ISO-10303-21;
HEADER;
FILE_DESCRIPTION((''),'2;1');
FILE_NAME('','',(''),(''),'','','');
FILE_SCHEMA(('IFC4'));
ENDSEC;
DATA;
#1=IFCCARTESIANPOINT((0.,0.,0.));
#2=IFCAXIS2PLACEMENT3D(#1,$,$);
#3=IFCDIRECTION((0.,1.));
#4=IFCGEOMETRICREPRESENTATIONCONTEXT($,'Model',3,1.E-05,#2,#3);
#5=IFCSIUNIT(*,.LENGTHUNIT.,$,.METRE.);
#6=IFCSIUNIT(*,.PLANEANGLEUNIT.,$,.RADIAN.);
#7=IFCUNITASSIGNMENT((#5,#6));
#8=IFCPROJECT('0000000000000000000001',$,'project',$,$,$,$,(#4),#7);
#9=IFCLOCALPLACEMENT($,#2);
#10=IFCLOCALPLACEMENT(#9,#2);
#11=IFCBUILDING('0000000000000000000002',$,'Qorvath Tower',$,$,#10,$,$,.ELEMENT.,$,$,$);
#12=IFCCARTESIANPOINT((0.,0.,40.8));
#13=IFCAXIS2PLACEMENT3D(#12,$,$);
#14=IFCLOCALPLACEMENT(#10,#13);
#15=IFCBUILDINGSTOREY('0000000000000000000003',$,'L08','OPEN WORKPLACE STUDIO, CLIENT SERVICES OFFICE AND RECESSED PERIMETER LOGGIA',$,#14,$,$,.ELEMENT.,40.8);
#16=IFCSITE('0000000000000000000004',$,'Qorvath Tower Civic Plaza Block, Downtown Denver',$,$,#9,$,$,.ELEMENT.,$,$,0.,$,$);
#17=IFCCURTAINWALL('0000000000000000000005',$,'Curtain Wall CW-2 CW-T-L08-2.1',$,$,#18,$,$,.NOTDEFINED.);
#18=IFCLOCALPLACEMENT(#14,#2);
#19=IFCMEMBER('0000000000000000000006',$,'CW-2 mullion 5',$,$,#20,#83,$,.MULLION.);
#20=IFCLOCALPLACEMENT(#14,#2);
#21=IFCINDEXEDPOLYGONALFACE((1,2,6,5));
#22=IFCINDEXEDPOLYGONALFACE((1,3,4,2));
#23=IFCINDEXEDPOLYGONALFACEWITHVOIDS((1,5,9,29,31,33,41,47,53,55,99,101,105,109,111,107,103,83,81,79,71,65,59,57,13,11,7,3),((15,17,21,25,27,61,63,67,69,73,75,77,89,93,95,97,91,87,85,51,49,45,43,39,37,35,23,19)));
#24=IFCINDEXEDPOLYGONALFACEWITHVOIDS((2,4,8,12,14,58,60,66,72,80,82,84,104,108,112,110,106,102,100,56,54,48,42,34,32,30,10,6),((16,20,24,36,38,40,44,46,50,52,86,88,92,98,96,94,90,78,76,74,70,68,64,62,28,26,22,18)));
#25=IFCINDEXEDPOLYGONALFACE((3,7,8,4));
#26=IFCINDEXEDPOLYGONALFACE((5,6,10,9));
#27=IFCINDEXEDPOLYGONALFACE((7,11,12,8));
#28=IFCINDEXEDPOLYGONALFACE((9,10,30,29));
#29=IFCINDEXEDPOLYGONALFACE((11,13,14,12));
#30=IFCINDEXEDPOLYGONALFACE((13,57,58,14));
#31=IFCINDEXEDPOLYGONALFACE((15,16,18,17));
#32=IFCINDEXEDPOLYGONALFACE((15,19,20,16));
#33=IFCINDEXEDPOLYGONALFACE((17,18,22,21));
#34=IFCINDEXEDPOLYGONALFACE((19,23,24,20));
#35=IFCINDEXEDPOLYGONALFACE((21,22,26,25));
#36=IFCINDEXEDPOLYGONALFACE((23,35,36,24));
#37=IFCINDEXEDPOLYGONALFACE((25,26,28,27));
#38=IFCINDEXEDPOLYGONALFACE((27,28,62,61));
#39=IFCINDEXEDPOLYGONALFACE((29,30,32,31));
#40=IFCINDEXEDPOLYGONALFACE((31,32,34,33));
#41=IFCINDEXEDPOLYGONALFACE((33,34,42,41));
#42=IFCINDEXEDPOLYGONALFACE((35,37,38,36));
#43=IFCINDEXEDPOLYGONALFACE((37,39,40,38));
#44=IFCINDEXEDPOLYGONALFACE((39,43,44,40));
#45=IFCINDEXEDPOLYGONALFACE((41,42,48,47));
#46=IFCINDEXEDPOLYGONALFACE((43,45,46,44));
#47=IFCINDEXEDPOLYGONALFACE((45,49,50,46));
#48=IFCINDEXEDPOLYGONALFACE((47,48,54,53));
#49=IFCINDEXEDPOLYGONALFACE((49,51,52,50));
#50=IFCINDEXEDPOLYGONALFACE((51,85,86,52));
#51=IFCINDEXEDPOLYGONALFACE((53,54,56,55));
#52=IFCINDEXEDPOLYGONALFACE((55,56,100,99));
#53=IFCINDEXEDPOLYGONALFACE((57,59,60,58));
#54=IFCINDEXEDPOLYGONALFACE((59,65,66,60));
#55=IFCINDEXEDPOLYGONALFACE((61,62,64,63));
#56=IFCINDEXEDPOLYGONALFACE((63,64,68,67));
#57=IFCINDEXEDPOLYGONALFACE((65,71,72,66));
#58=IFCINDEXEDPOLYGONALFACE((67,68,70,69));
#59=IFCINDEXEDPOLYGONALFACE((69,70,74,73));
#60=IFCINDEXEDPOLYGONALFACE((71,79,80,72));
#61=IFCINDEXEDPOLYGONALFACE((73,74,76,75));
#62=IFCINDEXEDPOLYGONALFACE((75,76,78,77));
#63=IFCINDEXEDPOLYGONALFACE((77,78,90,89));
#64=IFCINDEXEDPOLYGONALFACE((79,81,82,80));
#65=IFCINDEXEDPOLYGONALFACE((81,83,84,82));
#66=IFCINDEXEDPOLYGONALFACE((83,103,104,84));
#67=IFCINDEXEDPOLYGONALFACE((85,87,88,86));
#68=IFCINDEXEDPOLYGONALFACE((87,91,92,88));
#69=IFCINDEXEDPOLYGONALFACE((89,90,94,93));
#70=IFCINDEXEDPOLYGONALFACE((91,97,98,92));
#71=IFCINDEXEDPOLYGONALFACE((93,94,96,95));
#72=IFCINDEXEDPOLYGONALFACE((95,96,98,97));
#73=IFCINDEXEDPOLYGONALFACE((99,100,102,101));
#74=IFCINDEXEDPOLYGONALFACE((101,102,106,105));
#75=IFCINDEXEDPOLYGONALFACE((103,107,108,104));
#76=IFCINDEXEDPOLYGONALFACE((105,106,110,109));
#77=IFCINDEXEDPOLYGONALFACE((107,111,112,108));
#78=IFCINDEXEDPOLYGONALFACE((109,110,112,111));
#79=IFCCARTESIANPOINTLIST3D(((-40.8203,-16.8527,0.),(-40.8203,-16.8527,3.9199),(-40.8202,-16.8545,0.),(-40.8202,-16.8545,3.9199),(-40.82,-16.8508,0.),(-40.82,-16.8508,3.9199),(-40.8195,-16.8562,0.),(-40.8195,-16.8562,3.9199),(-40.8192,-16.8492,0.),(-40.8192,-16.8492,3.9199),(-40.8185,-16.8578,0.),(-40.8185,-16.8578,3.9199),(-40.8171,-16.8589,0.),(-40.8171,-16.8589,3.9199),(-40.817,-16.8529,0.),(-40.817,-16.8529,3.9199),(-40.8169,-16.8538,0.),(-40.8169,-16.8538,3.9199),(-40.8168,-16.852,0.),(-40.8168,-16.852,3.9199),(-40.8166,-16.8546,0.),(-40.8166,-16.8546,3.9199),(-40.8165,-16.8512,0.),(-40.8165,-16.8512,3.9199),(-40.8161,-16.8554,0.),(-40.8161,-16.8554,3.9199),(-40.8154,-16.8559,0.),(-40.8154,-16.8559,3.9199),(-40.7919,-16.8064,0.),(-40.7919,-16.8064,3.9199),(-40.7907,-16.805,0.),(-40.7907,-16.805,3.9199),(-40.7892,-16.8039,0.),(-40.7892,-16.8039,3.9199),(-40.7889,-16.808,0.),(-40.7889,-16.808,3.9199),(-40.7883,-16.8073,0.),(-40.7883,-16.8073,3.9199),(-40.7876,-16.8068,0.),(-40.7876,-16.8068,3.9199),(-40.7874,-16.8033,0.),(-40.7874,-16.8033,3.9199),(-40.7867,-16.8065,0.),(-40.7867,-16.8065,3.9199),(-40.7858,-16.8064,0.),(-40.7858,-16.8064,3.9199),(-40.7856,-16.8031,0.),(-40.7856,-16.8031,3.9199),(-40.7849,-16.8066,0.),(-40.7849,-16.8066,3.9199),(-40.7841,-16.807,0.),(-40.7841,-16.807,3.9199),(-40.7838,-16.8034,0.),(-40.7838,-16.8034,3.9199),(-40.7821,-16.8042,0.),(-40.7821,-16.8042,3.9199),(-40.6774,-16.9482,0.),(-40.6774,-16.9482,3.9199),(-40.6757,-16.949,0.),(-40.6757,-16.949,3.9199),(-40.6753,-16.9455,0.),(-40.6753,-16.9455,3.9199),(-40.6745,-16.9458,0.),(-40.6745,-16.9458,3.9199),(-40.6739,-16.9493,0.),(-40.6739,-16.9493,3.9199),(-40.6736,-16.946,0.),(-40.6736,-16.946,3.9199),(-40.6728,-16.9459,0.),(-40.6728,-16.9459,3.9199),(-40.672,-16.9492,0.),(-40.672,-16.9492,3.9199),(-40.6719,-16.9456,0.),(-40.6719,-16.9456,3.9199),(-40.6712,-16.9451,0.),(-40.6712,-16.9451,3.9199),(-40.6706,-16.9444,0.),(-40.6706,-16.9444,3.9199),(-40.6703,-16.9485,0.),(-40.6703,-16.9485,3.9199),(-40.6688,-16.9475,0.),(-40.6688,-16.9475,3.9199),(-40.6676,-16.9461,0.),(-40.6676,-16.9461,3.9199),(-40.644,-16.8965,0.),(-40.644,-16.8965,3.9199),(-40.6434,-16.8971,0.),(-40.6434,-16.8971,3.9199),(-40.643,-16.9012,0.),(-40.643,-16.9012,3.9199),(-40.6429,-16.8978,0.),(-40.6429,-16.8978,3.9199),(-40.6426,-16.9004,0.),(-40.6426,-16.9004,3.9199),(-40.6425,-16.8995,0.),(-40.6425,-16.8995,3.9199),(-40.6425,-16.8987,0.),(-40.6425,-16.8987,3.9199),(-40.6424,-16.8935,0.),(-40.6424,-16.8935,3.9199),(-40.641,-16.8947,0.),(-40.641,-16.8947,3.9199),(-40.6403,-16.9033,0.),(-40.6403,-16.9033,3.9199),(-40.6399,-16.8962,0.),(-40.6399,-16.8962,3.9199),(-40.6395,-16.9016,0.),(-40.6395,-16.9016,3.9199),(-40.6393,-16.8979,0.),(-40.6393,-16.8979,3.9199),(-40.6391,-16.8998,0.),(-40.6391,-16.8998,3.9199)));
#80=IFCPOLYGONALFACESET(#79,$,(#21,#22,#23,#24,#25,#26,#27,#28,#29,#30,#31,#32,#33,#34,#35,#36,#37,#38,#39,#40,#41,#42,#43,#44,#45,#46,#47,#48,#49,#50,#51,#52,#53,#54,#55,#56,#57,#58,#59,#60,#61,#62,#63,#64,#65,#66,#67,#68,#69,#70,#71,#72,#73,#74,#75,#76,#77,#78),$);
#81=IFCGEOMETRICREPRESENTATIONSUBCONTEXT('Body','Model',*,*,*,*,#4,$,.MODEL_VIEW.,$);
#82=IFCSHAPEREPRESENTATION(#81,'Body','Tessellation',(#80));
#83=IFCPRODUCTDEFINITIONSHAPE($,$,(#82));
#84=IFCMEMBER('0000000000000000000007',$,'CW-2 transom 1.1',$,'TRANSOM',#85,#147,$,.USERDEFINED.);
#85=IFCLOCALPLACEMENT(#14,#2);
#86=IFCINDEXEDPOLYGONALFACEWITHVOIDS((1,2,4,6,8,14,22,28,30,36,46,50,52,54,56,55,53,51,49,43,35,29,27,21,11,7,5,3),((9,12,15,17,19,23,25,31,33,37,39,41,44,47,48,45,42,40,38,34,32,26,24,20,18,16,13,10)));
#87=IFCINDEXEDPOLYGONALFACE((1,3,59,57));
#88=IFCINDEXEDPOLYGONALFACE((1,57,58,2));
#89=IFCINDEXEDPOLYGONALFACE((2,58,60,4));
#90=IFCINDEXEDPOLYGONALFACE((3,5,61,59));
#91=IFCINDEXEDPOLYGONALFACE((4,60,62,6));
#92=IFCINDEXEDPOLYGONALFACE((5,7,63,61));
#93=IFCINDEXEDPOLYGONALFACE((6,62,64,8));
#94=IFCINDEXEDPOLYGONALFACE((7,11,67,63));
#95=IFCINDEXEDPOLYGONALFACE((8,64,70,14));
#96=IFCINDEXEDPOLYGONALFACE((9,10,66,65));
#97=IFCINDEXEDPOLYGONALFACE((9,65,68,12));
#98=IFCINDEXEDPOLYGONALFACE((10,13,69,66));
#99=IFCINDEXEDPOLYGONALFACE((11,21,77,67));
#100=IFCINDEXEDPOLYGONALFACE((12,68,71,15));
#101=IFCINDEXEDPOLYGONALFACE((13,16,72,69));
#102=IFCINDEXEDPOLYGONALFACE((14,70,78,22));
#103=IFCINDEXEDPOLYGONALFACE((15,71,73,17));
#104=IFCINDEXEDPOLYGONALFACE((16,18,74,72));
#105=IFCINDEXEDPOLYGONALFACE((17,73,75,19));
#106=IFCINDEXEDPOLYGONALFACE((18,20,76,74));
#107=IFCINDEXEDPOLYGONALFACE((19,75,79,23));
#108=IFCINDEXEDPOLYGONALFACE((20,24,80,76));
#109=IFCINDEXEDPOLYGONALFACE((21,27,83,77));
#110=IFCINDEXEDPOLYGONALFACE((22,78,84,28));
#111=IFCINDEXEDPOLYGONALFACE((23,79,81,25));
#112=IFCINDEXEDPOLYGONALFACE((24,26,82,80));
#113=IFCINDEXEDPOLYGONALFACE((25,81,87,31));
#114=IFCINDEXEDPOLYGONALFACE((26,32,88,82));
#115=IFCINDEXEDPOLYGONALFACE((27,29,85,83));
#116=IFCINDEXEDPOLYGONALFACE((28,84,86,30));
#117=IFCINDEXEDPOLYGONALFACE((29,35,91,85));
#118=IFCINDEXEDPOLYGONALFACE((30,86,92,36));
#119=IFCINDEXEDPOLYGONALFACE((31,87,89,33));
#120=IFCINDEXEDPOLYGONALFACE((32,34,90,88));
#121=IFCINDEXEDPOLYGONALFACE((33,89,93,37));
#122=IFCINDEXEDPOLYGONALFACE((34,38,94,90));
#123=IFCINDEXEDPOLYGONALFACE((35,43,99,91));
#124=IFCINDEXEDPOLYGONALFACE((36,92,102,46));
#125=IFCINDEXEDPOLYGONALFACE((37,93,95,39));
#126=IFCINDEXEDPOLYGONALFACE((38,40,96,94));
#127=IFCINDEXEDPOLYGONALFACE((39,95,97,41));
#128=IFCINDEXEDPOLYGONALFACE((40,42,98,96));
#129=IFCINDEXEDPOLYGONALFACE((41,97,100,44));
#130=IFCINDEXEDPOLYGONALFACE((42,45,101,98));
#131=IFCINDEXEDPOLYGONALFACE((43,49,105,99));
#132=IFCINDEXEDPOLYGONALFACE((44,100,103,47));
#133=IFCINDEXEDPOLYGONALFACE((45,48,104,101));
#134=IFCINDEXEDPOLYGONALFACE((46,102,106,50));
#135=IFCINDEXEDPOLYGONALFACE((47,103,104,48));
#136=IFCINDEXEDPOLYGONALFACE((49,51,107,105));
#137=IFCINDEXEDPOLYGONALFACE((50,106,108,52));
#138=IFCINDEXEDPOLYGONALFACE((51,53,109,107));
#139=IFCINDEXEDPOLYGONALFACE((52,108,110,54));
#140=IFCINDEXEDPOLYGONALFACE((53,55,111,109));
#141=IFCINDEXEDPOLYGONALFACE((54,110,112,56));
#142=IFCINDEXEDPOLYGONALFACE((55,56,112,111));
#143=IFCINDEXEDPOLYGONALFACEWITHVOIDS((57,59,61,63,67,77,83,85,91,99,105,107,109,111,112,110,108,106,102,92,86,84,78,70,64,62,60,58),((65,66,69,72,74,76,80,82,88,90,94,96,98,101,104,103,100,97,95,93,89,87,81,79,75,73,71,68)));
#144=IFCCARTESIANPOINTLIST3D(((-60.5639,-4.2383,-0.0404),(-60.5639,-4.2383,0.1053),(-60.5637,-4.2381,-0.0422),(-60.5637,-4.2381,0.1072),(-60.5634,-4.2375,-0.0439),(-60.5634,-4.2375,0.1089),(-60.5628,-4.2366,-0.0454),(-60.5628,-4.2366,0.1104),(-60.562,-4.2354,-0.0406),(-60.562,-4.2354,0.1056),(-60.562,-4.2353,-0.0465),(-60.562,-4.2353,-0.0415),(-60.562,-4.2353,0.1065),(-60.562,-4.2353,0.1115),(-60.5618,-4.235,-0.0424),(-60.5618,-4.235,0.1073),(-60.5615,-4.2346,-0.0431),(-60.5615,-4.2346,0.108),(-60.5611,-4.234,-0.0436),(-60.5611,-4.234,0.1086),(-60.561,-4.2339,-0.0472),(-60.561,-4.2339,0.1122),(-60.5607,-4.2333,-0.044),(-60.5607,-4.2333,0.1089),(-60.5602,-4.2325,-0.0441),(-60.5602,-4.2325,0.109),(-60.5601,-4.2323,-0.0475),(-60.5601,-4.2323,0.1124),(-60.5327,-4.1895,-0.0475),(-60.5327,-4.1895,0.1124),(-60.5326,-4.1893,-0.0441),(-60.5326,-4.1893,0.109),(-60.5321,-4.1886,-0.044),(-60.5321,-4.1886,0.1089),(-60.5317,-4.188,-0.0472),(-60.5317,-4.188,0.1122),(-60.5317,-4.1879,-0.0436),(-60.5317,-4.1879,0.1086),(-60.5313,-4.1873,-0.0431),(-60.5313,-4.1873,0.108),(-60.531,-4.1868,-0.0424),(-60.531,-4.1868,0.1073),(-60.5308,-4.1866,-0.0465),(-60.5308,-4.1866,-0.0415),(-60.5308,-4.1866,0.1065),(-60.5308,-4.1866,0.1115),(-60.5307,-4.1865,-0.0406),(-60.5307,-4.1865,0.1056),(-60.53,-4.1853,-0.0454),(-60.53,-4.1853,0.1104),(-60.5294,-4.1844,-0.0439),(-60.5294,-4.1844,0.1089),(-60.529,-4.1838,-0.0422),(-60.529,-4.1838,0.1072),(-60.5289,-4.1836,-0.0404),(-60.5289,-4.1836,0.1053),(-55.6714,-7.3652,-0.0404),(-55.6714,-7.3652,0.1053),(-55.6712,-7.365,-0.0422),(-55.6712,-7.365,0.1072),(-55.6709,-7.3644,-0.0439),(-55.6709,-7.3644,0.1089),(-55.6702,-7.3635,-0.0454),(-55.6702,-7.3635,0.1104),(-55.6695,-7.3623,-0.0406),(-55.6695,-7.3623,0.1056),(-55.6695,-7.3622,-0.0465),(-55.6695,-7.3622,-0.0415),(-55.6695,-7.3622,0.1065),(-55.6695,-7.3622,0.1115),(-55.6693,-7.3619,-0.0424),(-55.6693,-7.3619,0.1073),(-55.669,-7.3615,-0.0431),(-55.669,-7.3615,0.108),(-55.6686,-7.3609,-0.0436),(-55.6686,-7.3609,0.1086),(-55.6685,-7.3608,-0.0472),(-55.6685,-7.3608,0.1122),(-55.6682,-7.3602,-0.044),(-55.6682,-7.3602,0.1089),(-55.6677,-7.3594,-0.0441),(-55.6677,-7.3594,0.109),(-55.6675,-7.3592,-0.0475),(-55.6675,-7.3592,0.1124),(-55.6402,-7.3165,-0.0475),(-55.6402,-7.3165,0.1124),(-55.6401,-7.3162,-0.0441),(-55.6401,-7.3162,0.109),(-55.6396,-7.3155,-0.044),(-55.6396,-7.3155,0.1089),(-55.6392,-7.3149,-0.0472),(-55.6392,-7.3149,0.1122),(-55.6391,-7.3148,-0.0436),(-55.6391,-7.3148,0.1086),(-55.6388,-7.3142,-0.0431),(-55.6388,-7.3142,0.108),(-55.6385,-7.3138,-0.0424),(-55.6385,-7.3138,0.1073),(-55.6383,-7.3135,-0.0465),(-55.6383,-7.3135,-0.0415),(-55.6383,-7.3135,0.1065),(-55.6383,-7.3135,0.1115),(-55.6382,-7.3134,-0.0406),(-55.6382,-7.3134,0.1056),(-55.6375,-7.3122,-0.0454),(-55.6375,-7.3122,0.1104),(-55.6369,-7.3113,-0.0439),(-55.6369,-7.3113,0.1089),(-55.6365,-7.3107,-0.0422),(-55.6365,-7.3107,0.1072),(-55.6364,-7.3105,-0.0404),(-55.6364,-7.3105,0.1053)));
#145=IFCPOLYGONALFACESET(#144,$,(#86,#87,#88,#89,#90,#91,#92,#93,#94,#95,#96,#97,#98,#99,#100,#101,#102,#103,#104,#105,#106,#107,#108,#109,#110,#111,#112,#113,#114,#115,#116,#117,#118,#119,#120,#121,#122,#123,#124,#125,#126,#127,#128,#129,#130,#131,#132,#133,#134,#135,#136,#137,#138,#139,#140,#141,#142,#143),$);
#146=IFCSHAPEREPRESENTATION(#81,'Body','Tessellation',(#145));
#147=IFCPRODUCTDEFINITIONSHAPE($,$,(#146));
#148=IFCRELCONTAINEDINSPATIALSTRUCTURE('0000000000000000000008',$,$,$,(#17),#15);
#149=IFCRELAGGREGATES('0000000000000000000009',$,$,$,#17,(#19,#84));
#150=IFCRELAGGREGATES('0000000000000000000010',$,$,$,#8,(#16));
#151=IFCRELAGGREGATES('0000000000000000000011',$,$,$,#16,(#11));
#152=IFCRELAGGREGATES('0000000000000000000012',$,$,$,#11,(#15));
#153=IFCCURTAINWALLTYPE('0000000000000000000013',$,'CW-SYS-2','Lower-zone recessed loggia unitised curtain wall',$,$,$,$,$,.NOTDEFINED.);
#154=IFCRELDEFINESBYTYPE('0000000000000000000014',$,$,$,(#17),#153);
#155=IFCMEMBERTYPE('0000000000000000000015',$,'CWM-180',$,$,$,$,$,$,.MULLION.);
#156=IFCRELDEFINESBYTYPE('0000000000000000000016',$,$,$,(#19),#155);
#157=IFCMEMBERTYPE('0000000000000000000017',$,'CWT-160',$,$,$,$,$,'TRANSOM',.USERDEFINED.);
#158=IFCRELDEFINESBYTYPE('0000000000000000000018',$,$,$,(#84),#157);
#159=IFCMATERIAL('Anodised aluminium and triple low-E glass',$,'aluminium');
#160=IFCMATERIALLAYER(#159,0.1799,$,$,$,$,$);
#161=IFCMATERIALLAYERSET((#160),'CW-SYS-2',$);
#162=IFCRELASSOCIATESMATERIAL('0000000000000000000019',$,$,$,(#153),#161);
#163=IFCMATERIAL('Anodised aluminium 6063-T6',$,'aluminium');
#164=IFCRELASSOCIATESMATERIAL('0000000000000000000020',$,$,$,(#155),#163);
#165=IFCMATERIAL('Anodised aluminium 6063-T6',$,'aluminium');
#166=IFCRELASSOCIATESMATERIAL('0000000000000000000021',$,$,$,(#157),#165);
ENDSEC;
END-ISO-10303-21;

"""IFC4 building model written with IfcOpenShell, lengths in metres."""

from ifc_helpers import new_model, si_unit, direction, frame, origin, origin_2d, place, context, subcontext, project, spatial, hollow_rectangle, extrude, material, layer, layer_set, material_profile, profile_set, type_object, element, aggregate, save


model = new_model("IFC4")

# Units and contexts
model_context = context("Model", 3, precision=1e-05, world=origin(), true_north=direction((0.0, 1.0)))
body_context = subcontext(model_context, "Body", "Model", "MODEL_VIEW")
ifc_project = project(units=[si_unit("LENGTHUNIT", "METRE"), si_unit("PLANEANGLEUNIT", "RADIAN")], contexts=[model_context])

# Site, building, storey
site_placement = place(None, origin())
site = spatial("IfcSite", under=ifc_project, at=site_placement, Name="Qorvath Tower Civic Plaza Block, Downtown Denver", CompositionType="ELEMENT", RefElevation=0.0)
building_placement = place(site_placement, origin())
building = spatial("IfcBuilding", under=site, at=building_placement, Name="Qorvath Tower", CompositionType="ELEMENT")
storey_placement = place(building_placement, frame((0.0, 0.0, 40.8)))
storey = spatial("IfcBuildingStorey", under=building, at=storey_placement, Name="L08", Description="OPEN WORKPLACE STUDIO, CLIENT SERVICES OFFICE AND RECESSED PERIMETER LOGGIA", CompositionType="ELEMENT", Elevation=40.8)

# Curtain wall, members
ifc_material_1 = material(Name="Anodised aluminium and triple low-E glass", Category="aluminium")
ifc_layer_1 = layer(ifc_material_1, 0.1799)
ifc_layer_set_1 = layer_set([ifc_layer_1], Name="CW-SYS-2")
curtain_wall_type = type_object("IfcCurtainWallType", Name="CW-SYS-2", Description="Lower-zone recessed loggia unitised curtain wall", PredefinedType="NOTDEFINED", material=ifc_layer_set_1)
curtain_wall_placement = place(storey_placement, origin())
curtain_wall = element("IfcCurtainWall", 1, at=curtain_wall_placement, inside=storey, type_object=curtain_wall_type, Name="Curtain Wall CW-2 CW-T-L08-2.1", PredefinedType="NOTDEFINED")
ifc_material_2 = material(Name="Anodised aluminium 6063-T6", Category="aluminium")
ifc_material_profile_1 = material_profile(ifc_material_2, hollow_rectangle(XDim=0.0649, YDim=0.1799, WallThickness=0.0034, InnerFilletRadius=0.0034, OuterFilletRadius=0.0071, at=origin_2d()), Name="CWM 180x65")
ifc_profile_set_1 = profile_set([ifc_material_profile_1], Name="Anodised aluminium 6063-T6")
member_type_1 = type_object("IfcMemberType", Name="CWM-180", PredefinedType="MULLION", material=ifc_profile_set_1)
member_1_placement = place(storey_placement, frame((-40.7297, -16.8762, 0.0), z_axis=(0.0, 0.0, 1.0), x_axis=(0.538532, 0.842605, 0.0)))
member_1 = element("IfcMember", 2, at=member_1_placement, type_object=member_type_1, Name="CW-2 mullion 5", PredefinedType="MULLION", context=body_context, shape_type="SweptSolid", body=[
    extrude(hollow_rectangle(XDim=0.0649, YDim=0.1799, WallThickness=0.0034, InnerFilletRadius=0.0034, OuterFilletRadius=0.0071, at=origin_2d()), origin(), (0.0, 0.0, 1.0), 3.9199),
])
ifc_material_3 = material(Name="Anodised aluminium 6063-T6", Category="aluminium")
ifc_material_profile_2 = material_profile(ifc_material_3, hollow_rectangle(XDim=0.0649, YDim=0.1599, WallThickness=0.0034, InnerFilletRadius=0.0034, OuterFilletRadius=0.0071, at=origin_2d()), Name="CWT 160x65")
ifc_profile_set_2 = profile_set([ifc_material_profile_2], Name="Anodised aluminium 6063-T6")
member_type_2 = type_object("IfcMemberType", Name="CWT-160", ElementType="TRANSOM", PredefinedType="USERDEFINED", material=ifc_profile_set_2)
member_2_placement = place(storey_placement, frame((-60.5464, -4.2109, 0.0325), z_axis=(0.842607, -0.538529, 0.0), x_axis=(0.538529, 0.842607, 0.0)))
member_2 = element("IfcMember", 3, at=member_2_placement, type_object=member_type_2, Name="CW-2 transom 1.1", ObjectType="TRANSOM", PredefinedType="USERDEFINED", context=body_context, shape_type="SweptSolid", body=[
    extrude(hollow_rectangle(XDim=0.0649, YDim=0.1599, WallThickness=0.0034, InnerFilletRadius=0.0034, OuterFilletRadius=0.0071, at=origin_2d()), origin(), (0.0, 0.0, 1.0), 5.8064),
])
aggregate(curtain_wall, [member_1, member_2])

save(model, "model.ifc")
